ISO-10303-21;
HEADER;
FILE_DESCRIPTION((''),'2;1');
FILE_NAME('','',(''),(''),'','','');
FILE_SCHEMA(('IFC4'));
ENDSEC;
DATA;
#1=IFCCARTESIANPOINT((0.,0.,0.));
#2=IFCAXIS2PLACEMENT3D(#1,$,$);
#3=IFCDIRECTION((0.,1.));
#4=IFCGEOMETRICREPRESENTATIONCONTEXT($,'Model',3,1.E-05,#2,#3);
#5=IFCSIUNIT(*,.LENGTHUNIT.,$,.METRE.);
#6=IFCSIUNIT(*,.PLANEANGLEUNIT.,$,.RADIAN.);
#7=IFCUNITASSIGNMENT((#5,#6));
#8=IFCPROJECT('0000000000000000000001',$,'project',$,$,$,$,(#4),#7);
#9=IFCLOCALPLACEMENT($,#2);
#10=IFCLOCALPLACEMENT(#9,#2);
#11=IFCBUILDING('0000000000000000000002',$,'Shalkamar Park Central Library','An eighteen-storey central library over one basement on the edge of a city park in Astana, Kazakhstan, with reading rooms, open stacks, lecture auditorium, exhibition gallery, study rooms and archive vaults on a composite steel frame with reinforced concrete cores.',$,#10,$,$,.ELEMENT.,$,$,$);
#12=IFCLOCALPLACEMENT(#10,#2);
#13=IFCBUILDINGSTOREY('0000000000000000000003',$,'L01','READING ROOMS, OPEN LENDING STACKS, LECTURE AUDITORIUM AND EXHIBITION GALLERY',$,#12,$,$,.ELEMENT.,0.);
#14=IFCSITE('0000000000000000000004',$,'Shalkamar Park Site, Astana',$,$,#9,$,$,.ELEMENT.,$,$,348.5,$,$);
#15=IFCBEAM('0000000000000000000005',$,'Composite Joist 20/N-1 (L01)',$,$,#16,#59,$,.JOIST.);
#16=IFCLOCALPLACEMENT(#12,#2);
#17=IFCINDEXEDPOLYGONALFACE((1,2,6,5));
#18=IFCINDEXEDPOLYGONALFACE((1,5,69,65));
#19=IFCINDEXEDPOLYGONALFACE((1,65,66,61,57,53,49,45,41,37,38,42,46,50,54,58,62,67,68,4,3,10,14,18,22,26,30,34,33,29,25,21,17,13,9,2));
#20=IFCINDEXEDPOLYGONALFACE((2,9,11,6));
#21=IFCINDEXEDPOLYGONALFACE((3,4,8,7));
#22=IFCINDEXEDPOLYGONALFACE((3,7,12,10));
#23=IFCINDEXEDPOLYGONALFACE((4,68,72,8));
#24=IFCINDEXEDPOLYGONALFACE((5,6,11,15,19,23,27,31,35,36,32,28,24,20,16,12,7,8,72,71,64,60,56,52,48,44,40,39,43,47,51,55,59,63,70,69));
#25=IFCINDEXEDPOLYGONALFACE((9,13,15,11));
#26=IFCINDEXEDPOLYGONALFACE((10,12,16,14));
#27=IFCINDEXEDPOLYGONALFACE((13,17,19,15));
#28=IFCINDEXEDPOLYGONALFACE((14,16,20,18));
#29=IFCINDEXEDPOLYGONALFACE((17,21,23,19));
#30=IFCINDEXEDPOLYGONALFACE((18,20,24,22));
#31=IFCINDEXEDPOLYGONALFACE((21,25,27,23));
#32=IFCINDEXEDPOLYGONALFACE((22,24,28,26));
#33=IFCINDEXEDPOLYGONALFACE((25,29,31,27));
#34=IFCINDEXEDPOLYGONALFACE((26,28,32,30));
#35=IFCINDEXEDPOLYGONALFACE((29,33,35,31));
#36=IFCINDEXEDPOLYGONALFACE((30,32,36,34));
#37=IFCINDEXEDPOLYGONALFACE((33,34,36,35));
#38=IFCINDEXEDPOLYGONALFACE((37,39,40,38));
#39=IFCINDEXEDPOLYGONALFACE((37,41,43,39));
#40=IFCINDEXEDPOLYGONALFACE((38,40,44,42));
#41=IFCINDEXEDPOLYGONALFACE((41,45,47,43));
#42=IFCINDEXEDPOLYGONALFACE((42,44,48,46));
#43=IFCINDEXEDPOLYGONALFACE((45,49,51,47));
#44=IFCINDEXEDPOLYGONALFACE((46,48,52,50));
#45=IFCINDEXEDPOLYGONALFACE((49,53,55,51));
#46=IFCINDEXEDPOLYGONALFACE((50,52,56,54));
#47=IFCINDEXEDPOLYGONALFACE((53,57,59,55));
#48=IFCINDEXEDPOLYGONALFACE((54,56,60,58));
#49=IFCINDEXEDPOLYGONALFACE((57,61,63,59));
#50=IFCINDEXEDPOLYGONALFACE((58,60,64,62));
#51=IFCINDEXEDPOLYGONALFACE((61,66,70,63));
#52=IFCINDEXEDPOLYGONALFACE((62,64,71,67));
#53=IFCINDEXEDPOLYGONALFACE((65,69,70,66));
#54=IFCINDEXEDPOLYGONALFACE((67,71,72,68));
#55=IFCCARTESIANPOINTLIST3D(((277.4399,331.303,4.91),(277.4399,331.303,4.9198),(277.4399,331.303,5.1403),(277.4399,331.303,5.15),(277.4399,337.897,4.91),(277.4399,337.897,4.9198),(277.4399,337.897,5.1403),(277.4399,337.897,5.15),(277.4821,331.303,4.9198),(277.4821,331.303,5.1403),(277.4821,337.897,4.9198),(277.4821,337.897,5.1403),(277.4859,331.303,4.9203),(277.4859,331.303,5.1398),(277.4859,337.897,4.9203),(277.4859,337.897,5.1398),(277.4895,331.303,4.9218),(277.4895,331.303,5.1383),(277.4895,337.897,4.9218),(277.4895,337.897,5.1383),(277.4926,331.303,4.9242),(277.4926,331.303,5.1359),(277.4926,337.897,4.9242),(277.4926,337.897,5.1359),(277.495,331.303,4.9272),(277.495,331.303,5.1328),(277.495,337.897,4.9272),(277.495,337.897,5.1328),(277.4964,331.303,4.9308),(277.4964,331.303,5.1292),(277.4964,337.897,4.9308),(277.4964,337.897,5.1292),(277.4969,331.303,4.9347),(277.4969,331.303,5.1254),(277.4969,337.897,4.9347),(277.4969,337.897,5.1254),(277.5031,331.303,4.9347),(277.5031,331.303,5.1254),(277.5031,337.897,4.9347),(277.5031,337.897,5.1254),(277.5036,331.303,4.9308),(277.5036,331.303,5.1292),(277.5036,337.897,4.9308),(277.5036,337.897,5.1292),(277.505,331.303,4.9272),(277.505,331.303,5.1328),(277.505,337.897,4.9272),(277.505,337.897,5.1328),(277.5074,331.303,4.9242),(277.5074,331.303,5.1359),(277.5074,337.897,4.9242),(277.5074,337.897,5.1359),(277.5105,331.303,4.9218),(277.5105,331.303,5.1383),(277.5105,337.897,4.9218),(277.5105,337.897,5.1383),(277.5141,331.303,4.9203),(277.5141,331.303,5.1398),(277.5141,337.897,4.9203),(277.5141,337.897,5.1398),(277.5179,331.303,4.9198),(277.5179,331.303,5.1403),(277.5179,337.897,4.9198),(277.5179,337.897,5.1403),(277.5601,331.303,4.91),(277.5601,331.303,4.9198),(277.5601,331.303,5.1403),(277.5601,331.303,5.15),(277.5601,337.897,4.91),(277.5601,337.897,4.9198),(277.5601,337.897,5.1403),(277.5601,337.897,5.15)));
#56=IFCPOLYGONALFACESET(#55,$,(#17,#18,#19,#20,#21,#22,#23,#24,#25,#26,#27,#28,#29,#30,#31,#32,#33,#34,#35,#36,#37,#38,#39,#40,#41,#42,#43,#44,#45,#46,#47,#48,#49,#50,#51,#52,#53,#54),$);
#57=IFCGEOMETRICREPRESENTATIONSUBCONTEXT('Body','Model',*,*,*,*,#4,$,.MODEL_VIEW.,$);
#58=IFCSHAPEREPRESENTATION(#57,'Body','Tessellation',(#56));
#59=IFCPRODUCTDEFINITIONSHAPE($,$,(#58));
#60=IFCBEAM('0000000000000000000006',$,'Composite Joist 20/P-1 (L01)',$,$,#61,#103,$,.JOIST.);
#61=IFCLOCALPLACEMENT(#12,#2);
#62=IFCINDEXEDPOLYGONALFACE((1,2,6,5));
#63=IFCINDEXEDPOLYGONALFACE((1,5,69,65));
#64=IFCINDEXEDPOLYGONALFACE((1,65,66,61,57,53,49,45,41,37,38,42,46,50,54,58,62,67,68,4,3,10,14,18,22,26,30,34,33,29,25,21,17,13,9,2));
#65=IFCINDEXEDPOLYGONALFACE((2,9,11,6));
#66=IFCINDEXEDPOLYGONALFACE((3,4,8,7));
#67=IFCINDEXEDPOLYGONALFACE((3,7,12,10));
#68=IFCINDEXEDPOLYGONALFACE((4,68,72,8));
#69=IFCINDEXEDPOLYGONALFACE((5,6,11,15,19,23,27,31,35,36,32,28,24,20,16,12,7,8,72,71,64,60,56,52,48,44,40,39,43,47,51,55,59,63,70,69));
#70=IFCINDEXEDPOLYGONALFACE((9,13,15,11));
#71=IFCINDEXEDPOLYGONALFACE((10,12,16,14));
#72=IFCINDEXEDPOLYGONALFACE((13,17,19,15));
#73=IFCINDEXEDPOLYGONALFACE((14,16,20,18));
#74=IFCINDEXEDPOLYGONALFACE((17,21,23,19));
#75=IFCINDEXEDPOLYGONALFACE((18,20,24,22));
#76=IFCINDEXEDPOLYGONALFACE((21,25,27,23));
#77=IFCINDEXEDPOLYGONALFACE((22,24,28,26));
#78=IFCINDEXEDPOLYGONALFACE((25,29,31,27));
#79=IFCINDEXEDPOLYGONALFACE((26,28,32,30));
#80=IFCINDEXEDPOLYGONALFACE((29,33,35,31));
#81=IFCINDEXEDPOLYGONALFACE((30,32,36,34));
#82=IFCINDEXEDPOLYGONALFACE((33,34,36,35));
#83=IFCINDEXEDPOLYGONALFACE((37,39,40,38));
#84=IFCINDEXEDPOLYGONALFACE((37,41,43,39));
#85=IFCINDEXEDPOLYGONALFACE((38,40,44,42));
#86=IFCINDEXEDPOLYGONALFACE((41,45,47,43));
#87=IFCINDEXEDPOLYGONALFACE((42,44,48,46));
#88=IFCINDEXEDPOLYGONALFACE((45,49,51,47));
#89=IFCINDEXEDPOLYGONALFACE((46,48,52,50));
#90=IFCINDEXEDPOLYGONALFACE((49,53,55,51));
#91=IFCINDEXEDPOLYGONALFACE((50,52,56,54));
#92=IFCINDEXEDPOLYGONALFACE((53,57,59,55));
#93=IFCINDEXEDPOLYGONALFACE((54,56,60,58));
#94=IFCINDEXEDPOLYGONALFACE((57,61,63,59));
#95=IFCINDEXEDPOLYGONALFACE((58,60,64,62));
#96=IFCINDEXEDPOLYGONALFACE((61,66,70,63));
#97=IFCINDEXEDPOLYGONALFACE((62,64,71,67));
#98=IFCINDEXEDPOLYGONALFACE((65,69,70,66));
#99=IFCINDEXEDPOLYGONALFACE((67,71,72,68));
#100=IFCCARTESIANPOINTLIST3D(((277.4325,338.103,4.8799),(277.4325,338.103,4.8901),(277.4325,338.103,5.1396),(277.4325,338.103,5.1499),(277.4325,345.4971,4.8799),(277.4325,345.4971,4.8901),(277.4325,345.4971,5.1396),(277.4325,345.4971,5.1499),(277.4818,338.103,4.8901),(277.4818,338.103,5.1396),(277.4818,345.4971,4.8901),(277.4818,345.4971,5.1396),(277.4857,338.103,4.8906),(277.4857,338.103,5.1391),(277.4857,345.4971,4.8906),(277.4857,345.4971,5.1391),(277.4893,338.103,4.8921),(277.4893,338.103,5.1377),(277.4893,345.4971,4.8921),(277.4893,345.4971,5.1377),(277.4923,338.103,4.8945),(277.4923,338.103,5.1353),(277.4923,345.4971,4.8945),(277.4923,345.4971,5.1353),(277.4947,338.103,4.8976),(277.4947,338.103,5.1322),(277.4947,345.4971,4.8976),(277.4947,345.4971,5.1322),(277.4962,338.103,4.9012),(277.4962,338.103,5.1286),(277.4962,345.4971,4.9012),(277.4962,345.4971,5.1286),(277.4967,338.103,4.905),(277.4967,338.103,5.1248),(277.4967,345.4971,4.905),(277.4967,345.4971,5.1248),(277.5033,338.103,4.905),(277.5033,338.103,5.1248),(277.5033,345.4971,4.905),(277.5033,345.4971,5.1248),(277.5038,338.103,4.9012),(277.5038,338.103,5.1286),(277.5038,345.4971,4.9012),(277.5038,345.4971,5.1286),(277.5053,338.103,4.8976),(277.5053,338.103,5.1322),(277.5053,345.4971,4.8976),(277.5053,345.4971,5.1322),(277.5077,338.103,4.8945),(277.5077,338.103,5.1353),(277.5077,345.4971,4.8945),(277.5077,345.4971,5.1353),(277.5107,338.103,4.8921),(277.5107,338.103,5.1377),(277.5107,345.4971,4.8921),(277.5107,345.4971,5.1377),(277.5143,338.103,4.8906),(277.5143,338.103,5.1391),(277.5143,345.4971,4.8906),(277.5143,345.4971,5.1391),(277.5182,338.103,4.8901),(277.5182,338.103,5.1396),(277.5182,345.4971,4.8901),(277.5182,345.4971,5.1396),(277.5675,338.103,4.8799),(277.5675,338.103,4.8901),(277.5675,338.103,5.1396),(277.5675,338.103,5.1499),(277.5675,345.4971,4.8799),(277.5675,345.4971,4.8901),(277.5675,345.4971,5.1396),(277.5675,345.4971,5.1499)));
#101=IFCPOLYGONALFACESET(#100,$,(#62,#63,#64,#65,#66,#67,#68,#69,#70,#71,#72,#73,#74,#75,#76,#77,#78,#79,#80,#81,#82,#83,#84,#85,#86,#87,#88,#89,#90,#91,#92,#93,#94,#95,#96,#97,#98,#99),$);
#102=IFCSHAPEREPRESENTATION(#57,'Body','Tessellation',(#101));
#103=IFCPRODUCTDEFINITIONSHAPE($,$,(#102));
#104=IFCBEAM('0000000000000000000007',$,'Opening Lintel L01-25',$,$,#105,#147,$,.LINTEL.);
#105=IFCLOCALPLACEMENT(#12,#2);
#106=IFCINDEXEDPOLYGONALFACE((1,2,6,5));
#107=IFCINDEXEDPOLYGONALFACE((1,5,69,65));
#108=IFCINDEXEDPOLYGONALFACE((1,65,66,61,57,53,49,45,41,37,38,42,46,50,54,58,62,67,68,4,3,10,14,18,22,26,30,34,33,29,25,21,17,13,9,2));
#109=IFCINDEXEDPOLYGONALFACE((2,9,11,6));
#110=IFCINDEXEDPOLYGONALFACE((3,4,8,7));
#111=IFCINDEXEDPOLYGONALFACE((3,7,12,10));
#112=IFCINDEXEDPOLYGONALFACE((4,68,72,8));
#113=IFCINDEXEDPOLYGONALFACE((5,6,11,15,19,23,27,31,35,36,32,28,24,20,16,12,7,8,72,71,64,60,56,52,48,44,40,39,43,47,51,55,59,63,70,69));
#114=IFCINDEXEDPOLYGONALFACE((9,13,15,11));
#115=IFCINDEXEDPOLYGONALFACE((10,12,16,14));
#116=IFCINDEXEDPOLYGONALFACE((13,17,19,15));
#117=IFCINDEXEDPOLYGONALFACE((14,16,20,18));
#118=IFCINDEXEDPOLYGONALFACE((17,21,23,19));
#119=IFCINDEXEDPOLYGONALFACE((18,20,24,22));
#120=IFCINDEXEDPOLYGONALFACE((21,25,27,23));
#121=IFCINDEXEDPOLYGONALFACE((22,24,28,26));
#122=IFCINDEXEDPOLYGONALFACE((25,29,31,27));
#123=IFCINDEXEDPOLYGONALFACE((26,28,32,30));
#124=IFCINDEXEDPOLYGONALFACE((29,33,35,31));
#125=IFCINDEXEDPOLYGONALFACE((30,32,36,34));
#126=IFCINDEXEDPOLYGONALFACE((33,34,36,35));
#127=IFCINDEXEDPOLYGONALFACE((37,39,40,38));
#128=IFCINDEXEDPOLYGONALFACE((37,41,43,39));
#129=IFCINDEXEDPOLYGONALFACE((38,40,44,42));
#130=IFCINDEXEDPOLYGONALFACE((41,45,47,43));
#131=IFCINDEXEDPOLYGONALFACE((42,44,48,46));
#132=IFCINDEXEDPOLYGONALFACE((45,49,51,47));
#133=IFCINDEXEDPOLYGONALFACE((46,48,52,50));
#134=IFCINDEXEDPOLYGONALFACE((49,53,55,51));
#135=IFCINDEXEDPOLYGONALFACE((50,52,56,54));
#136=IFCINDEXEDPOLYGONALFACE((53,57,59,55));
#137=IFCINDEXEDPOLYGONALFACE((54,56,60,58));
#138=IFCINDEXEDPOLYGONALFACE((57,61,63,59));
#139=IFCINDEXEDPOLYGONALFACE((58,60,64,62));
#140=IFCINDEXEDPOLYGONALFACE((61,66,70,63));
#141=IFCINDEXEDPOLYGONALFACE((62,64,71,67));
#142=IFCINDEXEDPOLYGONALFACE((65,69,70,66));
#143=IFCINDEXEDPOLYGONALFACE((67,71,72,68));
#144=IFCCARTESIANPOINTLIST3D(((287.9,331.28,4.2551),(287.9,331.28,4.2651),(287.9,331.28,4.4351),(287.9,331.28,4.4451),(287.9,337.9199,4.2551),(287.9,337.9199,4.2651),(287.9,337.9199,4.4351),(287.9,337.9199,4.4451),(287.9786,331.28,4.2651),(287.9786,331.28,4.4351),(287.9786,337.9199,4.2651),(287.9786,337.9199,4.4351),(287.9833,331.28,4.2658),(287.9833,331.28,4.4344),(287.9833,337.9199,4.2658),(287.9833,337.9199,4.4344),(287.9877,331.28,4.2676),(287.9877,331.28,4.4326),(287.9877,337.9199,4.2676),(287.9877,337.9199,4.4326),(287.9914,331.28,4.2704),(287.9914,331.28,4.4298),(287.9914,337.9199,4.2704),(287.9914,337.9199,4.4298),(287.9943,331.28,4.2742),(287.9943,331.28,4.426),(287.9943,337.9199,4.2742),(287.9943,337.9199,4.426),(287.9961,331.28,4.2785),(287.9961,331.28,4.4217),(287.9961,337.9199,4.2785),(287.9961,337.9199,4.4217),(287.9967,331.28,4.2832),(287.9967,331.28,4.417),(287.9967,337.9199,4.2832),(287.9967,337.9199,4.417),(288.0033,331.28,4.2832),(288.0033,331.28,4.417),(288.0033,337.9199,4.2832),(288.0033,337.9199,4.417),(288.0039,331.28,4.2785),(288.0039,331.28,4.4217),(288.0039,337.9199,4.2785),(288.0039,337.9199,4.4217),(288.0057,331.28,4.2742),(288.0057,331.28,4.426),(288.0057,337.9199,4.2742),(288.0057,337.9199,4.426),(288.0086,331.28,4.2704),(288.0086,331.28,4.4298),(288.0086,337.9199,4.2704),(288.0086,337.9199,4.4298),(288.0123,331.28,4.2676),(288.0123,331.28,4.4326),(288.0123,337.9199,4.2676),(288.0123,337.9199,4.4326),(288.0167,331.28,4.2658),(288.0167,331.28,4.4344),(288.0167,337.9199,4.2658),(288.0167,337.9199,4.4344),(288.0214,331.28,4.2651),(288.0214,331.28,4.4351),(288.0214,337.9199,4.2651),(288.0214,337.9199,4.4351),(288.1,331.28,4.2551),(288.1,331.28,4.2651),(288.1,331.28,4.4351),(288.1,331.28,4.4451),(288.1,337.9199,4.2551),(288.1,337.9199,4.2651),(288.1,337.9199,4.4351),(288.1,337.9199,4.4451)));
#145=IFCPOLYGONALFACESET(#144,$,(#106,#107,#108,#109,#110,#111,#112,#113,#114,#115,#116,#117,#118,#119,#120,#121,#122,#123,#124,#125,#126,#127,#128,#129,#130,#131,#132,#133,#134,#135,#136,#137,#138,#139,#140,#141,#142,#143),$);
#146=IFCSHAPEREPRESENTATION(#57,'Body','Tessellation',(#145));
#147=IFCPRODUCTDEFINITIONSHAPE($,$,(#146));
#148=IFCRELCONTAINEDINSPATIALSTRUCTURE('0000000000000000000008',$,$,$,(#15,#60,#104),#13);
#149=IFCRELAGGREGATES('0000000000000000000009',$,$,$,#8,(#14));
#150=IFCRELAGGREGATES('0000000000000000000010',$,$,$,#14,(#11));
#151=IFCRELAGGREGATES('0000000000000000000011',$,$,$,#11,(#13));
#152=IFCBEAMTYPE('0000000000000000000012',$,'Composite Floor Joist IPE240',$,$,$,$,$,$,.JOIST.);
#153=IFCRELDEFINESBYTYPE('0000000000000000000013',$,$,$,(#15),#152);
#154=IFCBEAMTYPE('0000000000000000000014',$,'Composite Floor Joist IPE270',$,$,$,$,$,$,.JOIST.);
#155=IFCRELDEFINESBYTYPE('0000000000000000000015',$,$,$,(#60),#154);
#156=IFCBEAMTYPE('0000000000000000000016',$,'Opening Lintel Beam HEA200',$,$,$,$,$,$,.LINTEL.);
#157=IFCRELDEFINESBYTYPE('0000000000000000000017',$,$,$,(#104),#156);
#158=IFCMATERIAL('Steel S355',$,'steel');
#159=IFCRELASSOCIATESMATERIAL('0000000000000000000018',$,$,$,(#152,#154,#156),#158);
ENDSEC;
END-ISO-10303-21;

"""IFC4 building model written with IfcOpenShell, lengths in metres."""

from ifc_helpers import new_model, si_unit, direction, frame, origin, origin_2d, place, context, subcontext, project, spatial, i_section, extrude, material, material_profile, profile_set, type_object, element, save


model = new_model("IFC4")

# Units and contexts
model_context = context("Model", 3, precision=1e-05, world=origin(), true_north=direction((0.0, 1.0)))
body_context = subcontext(model_context, "Body", "Model", "MODEL_VIEW")
ifc_project = project(units=[si_unit("LENGTHUNIT", "METRE"), si_unit("PLANEANGLEUNIT", "RADIAN")], contexts=[model_context])

# Site, building, storey
site_placement = place(None, origin())
site = spatial("IfcSite", under=ifc_project, at=site_placement, Name="Shalkamar Park Site, Astana", CompositionType="ELEMENT", RefElevation=348.5)
building_placement = place(site_placement, origin())
building = spatial("IfcBuilding", under=site, at=building_placement, Name="Shalkamar Park Central Library", Description="An eighteen-storey central library over one basement on the edge of a city park in Astana, Kazakhstan, with reading rooms, open stacks, lecture auditorium, exhibition gallery, study rooms and archive vaults on a composite steel frame with reinforced concrete cores.", CompositionType="ELEMENT")
storey_placement = place(building_placement, origin())
storey = spatial("IfcBuildingStorey", under=building, at=storey_placement, Name="L01", Description="READING ROOMS, OPEN LENDING STACKS, LECTURE AUDITORIUM AND EXHIBITION GALLERY", CompositionType="ELEMENT", Elevation=0.0)

# Shared definitions
ifc_material_1 = material(Name="Steel S355", Category="steel")

# Beams
ifc_material_profile_1 = material_profile(ifc_material_1, i_section(OverallWidth=0.1201, OverallDepth=0.24, WebThickness=0.0061, FlangeThickness=0.0098, FilletRadius=0.0149, at=origin_2d()), Name="IPE 240")
ifc_profile_set_1 = profile_set([ifc_material_profile_1], Name="Steel S355")
beam_type_1 = type_object("IfcBeamType", Name="Composite Floor Joist IPE240", PredefinedType="JOIST", material=ifc_profile_set_1)
beam_1_placement = place(storey_placement, frame((277.5, 331.303, 5.03), z_axis=(0.0, 1.0, 0.0), x_axis=(-1.0, 0.0, 0.0)))
element("IfcBeam", 1, at=beam_1_placement, inside=storey, type_object=beam_type_1, Name="Composite Joist 20/N-1 (L01)", PredefinedType="JOIST", context=body_context, shape_type="SweptSolid", body=[
    extrude(i_section(OverallWidth=0.1201, OverallDepth=0.24, WebThickness=0.0061, FlangeThickness=0.0098, FilletRadius=0.0149, at=origin_2d()), origin(), (0.0, 0.0, 1.0), 6.594),
])
ifc_material_profile_2 = material_profile(ifc_material_1, i_section(OverallWidth=0.135, OverallDepth=0.27, WebThickness=0.0066, FlangeThickness=0.0103, FilletRadius=0.0149, at=origin_2d()), Name="IPE 270")
ifc_profile_set_2 = profile_set([ifc_material_profile_2], Name="Steel S355")
beam_type_2 = type_object("IfcBeamType", Name="Composite Floor Joist IPE270", PredefinedType="JOIST", material=ifc_profile_set_2)
beam_2_placement = place(storey_placement, frame((277.5, 338.103, 5.0149), z_axis=(0.0, 1.0, 0.0), x_axis=(-1.0, 0.0, 0.0)))
element("IfcBeam", 2, at=beam_2_placement, inside=storey, type_object=beam_type_2, Name="Composite Joist 20/P-1 (L01)", PredefinedType="JOIST", context=body_context, shape_type="SweptSolid", body=[
    extrude(i_section(OverallWidth=0.135, OverallDepth=0.27, WebThickness=0.0066, FlangeThickness=0.0103, FilletRadius=0.0149, at=origin_2d()), origin(), (0.0, 0.0, 1.0), 7.394),
])
ifc_material_profile_3 = material_profile(ifc_material_1, i_section(OverallWidth=0.2, OverallDepth=0.1899, WebThickness=0.0066, FlangeThickness=0.01, FilletRadius=0.0181, at=origin_2d()), Name="HEA 200")
ifc_profile_set_3 = profile_set([ifc_material_profile_3], Name="Steel S355")
beam_type_3 = type_object("IfcBeamType", Name="Opening Lintel Beam HEA200", PredefinedType="LINTEL", material=ifc_profile_set_3)
beam_3_placement = place(storey_placement, frame((288.0, 331.28, 4.3501), z_axis=(0.0, 1.0, 0.0), x_axis=(-1.0, 0.0, 0.0)))
element("IfcBeam", 3, at=beam_3_placement, inside=storey, type_object=beam_type_3, Name="Opening Lintel L01-25", PredefinedType="LINTEL", context=body_context, shape_type="SweptSolid", body=[
    extrude(i_section(OverallWidth=0.2, OverallDepth=0.1899, WebThickness=0.0066, FlangeThickness=0.01, FilletRadius=0.0181, at=origin_2d()), origin(), (0.0, 0.0, 1.0), 6.6399),
])

save(model, "model.ifc")
